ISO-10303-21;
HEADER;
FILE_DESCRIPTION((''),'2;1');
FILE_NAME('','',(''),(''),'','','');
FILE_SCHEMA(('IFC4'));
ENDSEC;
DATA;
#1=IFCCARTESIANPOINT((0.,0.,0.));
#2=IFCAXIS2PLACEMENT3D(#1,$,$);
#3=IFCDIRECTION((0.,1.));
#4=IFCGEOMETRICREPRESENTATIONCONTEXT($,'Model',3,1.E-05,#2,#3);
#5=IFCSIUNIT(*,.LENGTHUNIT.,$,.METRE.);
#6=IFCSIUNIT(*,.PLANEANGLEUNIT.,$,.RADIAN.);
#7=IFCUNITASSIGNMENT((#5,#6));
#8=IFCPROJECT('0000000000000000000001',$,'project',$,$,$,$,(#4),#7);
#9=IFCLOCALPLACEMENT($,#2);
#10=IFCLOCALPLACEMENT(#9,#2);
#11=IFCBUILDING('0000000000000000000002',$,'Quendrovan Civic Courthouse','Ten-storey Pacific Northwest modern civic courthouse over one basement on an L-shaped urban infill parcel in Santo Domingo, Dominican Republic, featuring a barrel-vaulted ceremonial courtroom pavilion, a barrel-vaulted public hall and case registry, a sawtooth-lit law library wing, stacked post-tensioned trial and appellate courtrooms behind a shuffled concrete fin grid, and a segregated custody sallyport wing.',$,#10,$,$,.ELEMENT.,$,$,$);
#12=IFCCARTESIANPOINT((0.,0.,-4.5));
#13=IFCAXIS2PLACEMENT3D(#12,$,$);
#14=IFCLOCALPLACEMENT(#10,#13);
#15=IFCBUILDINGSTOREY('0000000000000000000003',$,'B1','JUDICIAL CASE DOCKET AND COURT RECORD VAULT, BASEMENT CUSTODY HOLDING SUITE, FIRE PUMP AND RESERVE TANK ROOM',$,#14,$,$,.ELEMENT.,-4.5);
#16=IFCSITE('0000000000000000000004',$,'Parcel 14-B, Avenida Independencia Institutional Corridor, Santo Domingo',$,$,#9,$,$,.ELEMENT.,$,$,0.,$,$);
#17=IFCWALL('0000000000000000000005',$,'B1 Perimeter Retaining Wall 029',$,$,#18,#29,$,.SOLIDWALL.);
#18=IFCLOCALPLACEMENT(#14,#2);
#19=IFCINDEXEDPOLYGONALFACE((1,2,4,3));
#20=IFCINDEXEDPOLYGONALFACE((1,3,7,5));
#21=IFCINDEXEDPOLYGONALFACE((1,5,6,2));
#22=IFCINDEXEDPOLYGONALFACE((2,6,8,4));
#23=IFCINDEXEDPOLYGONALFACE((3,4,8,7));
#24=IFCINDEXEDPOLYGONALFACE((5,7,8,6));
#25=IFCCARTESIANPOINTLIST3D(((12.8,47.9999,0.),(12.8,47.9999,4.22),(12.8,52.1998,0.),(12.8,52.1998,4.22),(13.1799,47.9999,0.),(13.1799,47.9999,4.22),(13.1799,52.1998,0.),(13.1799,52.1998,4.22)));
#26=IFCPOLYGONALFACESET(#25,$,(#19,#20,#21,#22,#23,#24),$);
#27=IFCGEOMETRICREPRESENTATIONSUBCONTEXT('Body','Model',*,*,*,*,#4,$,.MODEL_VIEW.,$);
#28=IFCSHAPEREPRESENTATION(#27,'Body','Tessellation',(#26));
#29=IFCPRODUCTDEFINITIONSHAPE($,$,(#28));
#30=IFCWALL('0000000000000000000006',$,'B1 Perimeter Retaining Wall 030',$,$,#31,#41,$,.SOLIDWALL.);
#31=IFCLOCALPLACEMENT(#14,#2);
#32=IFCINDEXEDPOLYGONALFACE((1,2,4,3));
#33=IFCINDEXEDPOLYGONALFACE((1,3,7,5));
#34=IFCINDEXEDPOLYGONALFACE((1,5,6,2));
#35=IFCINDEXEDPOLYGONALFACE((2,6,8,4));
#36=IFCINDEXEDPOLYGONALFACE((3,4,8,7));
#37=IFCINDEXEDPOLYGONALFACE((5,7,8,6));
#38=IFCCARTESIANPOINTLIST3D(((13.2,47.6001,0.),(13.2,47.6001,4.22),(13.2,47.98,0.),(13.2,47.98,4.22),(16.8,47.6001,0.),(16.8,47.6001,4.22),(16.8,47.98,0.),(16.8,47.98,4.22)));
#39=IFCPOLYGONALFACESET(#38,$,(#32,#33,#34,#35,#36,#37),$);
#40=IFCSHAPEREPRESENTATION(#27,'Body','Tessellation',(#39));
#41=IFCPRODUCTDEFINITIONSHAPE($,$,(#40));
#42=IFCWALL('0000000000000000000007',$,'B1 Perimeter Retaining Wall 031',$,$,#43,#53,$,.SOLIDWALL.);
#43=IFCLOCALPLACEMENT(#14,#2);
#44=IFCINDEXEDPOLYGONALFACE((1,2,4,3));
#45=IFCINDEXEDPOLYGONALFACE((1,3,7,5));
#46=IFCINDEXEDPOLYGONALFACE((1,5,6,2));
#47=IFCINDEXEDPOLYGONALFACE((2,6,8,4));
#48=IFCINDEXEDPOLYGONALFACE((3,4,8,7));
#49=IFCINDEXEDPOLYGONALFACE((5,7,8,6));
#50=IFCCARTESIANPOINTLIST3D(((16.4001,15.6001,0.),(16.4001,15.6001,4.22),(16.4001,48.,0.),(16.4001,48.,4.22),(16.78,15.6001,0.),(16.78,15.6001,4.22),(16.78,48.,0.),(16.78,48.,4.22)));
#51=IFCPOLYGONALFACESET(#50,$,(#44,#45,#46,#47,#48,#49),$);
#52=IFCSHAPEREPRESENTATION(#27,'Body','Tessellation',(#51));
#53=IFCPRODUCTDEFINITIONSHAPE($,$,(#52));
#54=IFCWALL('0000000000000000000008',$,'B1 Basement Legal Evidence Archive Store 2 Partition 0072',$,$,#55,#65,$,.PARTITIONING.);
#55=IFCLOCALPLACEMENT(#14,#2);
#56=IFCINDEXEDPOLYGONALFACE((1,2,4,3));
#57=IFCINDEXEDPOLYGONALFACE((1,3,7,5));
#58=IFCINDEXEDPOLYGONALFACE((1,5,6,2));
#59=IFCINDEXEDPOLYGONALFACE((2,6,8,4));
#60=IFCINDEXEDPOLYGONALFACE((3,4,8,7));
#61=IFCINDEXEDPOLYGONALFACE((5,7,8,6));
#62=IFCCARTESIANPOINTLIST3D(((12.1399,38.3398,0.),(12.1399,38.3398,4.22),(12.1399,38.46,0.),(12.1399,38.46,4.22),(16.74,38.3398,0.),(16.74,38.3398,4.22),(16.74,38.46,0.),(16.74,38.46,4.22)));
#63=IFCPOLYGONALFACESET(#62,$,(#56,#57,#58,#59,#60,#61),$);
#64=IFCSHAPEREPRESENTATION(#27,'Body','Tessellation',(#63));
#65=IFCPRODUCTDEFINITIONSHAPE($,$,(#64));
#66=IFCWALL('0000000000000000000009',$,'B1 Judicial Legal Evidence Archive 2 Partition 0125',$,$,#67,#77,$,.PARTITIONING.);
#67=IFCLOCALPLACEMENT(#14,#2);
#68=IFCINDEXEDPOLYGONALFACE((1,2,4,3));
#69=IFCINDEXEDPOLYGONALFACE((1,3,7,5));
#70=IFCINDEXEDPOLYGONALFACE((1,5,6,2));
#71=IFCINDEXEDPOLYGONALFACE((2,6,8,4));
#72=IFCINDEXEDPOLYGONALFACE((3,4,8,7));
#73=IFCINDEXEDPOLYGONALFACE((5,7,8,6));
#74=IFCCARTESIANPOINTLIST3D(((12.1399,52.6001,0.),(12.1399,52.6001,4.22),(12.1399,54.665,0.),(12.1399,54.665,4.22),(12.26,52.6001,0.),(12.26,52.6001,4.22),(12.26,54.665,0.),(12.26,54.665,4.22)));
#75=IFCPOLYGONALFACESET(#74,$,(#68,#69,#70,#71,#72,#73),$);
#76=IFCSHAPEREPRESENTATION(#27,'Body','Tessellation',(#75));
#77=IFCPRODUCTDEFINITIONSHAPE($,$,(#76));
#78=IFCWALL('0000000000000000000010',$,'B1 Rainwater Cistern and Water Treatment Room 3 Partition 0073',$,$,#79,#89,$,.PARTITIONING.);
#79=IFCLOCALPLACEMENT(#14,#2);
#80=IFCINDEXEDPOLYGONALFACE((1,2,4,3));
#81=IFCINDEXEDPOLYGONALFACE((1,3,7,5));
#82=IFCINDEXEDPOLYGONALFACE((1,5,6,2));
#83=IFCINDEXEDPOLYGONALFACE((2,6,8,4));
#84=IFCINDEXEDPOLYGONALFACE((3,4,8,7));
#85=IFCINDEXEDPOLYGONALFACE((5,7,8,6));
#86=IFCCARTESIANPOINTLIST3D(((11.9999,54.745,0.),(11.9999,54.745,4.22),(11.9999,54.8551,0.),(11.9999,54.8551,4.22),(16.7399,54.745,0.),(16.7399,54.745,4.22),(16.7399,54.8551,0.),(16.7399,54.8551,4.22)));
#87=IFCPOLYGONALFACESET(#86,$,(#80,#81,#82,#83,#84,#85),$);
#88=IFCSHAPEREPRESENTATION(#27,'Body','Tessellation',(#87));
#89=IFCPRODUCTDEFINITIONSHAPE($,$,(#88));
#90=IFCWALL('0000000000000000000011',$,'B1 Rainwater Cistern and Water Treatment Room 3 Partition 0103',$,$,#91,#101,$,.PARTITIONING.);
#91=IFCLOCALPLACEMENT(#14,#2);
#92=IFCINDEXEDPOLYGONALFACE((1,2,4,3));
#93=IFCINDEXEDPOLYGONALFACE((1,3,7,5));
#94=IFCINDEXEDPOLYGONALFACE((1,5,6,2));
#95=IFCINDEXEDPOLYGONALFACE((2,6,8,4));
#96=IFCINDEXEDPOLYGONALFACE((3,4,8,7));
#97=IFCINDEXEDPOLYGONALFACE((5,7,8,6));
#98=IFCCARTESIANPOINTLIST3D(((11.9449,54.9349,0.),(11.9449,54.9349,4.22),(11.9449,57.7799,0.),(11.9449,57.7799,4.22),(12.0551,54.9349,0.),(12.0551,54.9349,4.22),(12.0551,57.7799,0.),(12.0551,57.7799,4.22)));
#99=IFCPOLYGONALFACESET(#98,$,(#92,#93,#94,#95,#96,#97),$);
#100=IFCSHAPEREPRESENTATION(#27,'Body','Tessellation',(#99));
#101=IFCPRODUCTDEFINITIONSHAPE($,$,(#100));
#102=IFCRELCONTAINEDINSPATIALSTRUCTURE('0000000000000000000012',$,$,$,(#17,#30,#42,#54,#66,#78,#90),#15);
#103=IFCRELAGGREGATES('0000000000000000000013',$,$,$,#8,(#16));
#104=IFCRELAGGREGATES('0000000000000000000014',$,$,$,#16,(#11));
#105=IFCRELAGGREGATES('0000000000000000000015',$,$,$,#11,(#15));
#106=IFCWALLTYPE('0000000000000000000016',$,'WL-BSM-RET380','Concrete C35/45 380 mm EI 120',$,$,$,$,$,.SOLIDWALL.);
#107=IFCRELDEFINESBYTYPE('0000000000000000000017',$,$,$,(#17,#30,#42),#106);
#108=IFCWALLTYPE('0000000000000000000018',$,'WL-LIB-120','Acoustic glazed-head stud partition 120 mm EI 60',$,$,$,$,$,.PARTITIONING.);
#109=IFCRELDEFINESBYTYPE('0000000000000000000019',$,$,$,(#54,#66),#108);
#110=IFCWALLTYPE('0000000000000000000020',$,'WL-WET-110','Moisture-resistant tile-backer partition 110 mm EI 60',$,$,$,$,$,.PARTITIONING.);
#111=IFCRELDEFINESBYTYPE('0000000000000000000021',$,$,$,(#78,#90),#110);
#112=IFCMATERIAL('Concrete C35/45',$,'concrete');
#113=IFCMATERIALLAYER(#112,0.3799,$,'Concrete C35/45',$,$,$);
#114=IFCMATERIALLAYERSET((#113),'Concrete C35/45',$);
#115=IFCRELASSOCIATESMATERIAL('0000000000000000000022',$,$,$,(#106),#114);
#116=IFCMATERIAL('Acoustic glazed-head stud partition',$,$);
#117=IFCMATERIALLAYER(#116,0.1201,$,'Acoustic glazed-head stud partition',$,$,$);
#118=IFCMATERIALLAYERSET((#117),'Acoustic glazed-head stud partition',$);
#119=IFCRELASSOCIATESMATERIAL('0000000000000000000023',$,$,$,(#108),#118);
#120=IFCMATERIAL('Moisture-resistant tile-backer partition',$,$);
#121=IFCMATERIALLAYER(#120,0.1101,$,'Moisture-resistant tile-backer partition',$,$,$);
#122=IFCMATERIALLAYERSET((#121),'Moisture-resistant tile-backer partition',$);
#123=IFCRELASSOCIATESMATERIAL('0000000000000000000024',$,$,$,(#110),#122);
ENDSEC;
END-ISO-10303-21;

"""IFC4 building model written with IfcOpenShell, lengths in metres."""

from ifc_helpers import new_model, si_unit, direction, frame, frame_2d, origin, place, context, subcontext, project, spatial, rectangle, extrude, material, layer, layer_set, type_object, element, save


model = new_model("IFC4")

# Units and contexts
model_context = context("Model", 3, precision=1e-05, world=origin(), true_north=direction((0.0, 1.0)))
body_context = subcontext(model_context, "Body", "Model", "MODEL_VIEW")
ifc_project = project(units=[si_unit("LENGTHUNIT", "METRE"), si_unit("PLANEANGLEUNIT", "RADIAN")], contexts=[model_context])

# Site, building, storey
site_placement = place(None, origin())
site = spatial("IfcSite", under=ifc_project, at=site_placement, Name="Parcel 14-B, Avenida Independencia Institutional Corridor, Santo Domingo", CompositionType="ELEMENT", RefElevation=0.0)
building_placement = place(site_placement, origin())
building = spatial("IfcBuilding", under=site, at=building_placement, Name="Quendrovan Civic Courthouse", Description="Ten-storey Pacific Northwest modern civic courthouse over one basement on an L-shaped urban infill parcel in Santo Domingo, Dominican Republic, featuring a barrel-vaulted ceremonial courtroom pavilion, a barrel-vaulted public hall and case registry, a sawtooth-lit law library wing, stacked post-tensioned trial and appellate courtrooms behind a shuffled concrete fin grid, and a segregated custody sallyport wing.", CompositionType="ELEMENT")
storey_placement = place(building_placement, frame((0.0, 0.0, -4.5)))
storey = spatial("IfcBuildingStorey", under=building, at=storey_placement, Name="B1", Description="JUDICIAL CASE DOCKET AND COURT RECORD VAULT, BASEMENT CUSTODY HOLDING SUITE, FIRE PUMP AND RESERVE TANK ROOM", CompositionType="ELEMENT", Elevation=-4.5)

# Shared definitions
ifc_material_1 = material(Name="Concrete C35/45", Category="concrete")

# Walls
ifc_layer_1 = layer(ifc_material_1, 0.3799, Name="Concrete C35/45")
ifc_layer_set_1 = layer_set([ifc_layer_1], Name="Concrete C35/45")
wall_type_1 = type_object("IfcWallType", Name="WL-BSM-RET380", Description="Concrete C35/45 380 mm EI 120", PredefinedType="SOLIDWALL", material=ifc_layer_set_1)
wall_1_placement = place(storey_placement, frame((12.99, 52.2, 0.0), z_axis=(0.0, 0.0, 1.0), x_axis=(0.0, -1.0, 0.0)))
element("IfcWall", 1, at=wall_1_placement, inside=storey, type_object=wall_type_1, Name="B1 Perimeter Retaining Wall 029", PredefinedType="SOLIDWALL", context=body_context, shape_type="SweptSolid", body=[
    extrude(rectangle(XDim=4.2, YDim=0.3799, at=frame_2d((2.1001, 0.0))), origin(), (0.0, 0.0, 1.0), 4.22),
])
wall_2_placement = place(storey_placement, frame((13.2, 47.79, 0.0), z_axis=(0.0, 0.0, 1.0), x_axis=(1.0, 0.0, 0.0)))
element("IfcWall", 2, at=wall_2_placement, inside=storey, type_object=wall_type_1, Name="B1 Perimeter Retaining Wall 030", PredefinedType="SOLIDWALL", context=body_context, shape_type="SweptSolid", body=[
    extrude(rectangle(XDim=3.6001, YDim=0.3799, at=frame_2d((1.8, 0.0))), origin(), (0.0, 0.0, 1.0), 4.22),
])
wall_3_placement = place(storey_placement, frame((16.5901, 48.0, 0.0), z_axis=(0.0, 0.0, 1.0), x_axis=(0.0, -1.0, 0.0)))
element("IfcWall", 3, at=wall_3_placement, inside=storey, type_object=wall_type_1, Name="B1 Perimeter Retaining Wall 031", PredefinedType="SOLIDWALL", context=body_context, shape_type="SweptSolid", body=[
    extrude(rectangle(XDim=32.3999, YDim=0.3799, at=frame_2d((16.2, 0.0))), origin(), (0.0, 0.0, 1.0), 4.22),
])
ifc_material_2 = material(Name="Acoustic glazed-head stud partition")
ifc_layer_2 = layer(ifc_material_2, 0.1201, Name="Acoustic glazed-head stud partition")
ifc_layer_set_2 = layer_set([ifc_layer_2], Name="Acoustic glazed-head stud partition")
wall_type_2 = type_object("IfcWallType", Name="WL-LIB-120", Description="Acoustic glazed-head stud partition 120 mm EI 60", PredefinedType="PARTITIONING", material=ifc_layer_set_2)
wall_4_placement = place(storey_placement, frame((12.1399, 38.3999, 0.0), z_axis=(0.0, 0.0, 1.0), x_axis=(1.0, 0.0, 0.0)))
element("IfcWall", 4, at=wall_4_placement, inside=storey, type_object=wall_type_2, Name="B1 Basement Legal Evidence Archive Store 2 Partition 0072", PredefinedType="PARTITIONING", context=body_context, shape_type="SweptSolid", body=[
    extrude(rectangle(XDim=4.6001, YDim=0.1201, at=frame_2d((2.3, 0.0))), origin(), (0.0, 0.0, 1.0), 4.22),
])
wall_5_placement = place(storey_placement, frame((12.2, 52.6001, 0.0), z_axis=(0.0, 0.0, 1.0), x_axis=(0.0, 1.0, 0.0)))
element("IfcWall", 5, at=wall_5_placement, inside=storey, type_object=wall_type_2, Name="B1 Judicial Legal Evidence Archive 2 Partition 0125", PredefinedType="PARTITIONING", context=body_context, shape_type="SweptSolid", body=[
    extrude(rectangle(XDim=2.0649, YDim=0.1201, at=frame_2d((1.0325, 0.0))), origin(), (0.0, 0.0, 1.0), 4.22),
])
ifc_material_3 = material(Name="Moisture-resistant tile-backer partition")
ifc_layer_3 = layer(ifc_material_3, 0.1101, Name="Moisture-resistant tile-backer partition")
ifc_layer_set_3 = layer_set([ifc_layer_3], Name="Moisture-resistant tile-backer partition")
wall_type_3 = type_object("IfcWallType", Name="WL-WET-110", Description="Moisture-resistant tile-backer partition 110 mm EI 60", PredefinedType="PARTITIONING", material=ifc_layer_set_3)
wall_6_placement = place(storey_placement, frame((16.74, 54.8, 0.0), z_axis=(0.0, 0.0, 1.0), x_axis=(-1.0, 0.0, 0.0)))
element("IfcWall", 6, at=wall_6_placement, inside=storey, type_object=wall_type_3, Name="B1 Rainwater Cistern and Water Treatment Room 3 Partition 0073", PredefinedType="PARTITIONING", context=body_context, shape_type="SweptSolid", body=[
    extrude(rectangle(XDim=4.74, YDim=0.1101, at=frame_2d((2.3701, 0.0))), origin(), (0.0, 0.0, 1.0), 4.22),
])
wall_7_placement = place(storey_placement, frame((12.0, 54.9351, 0.0), z_axis=(0.0, 0.0, 1.0), x_axis=(0.0, 1.0, 0.0)))
element("IfcWall", 7, at=wall_7_placement, inside=storey, type_object=wall_type_3, Name="B1 Rainwater Cistern and Water Treatment Room 3 Partition 0103", PredefinedType="PARTITIONING", context=body_context, shape_type="SweptSolid", body=[
    extrude(rectangle(XDim=2.845, YDim=0.1101, at=frame_2d((1.4224, 0.0))), origin(), (0.0, 0.0, 1.0), 4.22),
])

save(model, "model.ifc")
